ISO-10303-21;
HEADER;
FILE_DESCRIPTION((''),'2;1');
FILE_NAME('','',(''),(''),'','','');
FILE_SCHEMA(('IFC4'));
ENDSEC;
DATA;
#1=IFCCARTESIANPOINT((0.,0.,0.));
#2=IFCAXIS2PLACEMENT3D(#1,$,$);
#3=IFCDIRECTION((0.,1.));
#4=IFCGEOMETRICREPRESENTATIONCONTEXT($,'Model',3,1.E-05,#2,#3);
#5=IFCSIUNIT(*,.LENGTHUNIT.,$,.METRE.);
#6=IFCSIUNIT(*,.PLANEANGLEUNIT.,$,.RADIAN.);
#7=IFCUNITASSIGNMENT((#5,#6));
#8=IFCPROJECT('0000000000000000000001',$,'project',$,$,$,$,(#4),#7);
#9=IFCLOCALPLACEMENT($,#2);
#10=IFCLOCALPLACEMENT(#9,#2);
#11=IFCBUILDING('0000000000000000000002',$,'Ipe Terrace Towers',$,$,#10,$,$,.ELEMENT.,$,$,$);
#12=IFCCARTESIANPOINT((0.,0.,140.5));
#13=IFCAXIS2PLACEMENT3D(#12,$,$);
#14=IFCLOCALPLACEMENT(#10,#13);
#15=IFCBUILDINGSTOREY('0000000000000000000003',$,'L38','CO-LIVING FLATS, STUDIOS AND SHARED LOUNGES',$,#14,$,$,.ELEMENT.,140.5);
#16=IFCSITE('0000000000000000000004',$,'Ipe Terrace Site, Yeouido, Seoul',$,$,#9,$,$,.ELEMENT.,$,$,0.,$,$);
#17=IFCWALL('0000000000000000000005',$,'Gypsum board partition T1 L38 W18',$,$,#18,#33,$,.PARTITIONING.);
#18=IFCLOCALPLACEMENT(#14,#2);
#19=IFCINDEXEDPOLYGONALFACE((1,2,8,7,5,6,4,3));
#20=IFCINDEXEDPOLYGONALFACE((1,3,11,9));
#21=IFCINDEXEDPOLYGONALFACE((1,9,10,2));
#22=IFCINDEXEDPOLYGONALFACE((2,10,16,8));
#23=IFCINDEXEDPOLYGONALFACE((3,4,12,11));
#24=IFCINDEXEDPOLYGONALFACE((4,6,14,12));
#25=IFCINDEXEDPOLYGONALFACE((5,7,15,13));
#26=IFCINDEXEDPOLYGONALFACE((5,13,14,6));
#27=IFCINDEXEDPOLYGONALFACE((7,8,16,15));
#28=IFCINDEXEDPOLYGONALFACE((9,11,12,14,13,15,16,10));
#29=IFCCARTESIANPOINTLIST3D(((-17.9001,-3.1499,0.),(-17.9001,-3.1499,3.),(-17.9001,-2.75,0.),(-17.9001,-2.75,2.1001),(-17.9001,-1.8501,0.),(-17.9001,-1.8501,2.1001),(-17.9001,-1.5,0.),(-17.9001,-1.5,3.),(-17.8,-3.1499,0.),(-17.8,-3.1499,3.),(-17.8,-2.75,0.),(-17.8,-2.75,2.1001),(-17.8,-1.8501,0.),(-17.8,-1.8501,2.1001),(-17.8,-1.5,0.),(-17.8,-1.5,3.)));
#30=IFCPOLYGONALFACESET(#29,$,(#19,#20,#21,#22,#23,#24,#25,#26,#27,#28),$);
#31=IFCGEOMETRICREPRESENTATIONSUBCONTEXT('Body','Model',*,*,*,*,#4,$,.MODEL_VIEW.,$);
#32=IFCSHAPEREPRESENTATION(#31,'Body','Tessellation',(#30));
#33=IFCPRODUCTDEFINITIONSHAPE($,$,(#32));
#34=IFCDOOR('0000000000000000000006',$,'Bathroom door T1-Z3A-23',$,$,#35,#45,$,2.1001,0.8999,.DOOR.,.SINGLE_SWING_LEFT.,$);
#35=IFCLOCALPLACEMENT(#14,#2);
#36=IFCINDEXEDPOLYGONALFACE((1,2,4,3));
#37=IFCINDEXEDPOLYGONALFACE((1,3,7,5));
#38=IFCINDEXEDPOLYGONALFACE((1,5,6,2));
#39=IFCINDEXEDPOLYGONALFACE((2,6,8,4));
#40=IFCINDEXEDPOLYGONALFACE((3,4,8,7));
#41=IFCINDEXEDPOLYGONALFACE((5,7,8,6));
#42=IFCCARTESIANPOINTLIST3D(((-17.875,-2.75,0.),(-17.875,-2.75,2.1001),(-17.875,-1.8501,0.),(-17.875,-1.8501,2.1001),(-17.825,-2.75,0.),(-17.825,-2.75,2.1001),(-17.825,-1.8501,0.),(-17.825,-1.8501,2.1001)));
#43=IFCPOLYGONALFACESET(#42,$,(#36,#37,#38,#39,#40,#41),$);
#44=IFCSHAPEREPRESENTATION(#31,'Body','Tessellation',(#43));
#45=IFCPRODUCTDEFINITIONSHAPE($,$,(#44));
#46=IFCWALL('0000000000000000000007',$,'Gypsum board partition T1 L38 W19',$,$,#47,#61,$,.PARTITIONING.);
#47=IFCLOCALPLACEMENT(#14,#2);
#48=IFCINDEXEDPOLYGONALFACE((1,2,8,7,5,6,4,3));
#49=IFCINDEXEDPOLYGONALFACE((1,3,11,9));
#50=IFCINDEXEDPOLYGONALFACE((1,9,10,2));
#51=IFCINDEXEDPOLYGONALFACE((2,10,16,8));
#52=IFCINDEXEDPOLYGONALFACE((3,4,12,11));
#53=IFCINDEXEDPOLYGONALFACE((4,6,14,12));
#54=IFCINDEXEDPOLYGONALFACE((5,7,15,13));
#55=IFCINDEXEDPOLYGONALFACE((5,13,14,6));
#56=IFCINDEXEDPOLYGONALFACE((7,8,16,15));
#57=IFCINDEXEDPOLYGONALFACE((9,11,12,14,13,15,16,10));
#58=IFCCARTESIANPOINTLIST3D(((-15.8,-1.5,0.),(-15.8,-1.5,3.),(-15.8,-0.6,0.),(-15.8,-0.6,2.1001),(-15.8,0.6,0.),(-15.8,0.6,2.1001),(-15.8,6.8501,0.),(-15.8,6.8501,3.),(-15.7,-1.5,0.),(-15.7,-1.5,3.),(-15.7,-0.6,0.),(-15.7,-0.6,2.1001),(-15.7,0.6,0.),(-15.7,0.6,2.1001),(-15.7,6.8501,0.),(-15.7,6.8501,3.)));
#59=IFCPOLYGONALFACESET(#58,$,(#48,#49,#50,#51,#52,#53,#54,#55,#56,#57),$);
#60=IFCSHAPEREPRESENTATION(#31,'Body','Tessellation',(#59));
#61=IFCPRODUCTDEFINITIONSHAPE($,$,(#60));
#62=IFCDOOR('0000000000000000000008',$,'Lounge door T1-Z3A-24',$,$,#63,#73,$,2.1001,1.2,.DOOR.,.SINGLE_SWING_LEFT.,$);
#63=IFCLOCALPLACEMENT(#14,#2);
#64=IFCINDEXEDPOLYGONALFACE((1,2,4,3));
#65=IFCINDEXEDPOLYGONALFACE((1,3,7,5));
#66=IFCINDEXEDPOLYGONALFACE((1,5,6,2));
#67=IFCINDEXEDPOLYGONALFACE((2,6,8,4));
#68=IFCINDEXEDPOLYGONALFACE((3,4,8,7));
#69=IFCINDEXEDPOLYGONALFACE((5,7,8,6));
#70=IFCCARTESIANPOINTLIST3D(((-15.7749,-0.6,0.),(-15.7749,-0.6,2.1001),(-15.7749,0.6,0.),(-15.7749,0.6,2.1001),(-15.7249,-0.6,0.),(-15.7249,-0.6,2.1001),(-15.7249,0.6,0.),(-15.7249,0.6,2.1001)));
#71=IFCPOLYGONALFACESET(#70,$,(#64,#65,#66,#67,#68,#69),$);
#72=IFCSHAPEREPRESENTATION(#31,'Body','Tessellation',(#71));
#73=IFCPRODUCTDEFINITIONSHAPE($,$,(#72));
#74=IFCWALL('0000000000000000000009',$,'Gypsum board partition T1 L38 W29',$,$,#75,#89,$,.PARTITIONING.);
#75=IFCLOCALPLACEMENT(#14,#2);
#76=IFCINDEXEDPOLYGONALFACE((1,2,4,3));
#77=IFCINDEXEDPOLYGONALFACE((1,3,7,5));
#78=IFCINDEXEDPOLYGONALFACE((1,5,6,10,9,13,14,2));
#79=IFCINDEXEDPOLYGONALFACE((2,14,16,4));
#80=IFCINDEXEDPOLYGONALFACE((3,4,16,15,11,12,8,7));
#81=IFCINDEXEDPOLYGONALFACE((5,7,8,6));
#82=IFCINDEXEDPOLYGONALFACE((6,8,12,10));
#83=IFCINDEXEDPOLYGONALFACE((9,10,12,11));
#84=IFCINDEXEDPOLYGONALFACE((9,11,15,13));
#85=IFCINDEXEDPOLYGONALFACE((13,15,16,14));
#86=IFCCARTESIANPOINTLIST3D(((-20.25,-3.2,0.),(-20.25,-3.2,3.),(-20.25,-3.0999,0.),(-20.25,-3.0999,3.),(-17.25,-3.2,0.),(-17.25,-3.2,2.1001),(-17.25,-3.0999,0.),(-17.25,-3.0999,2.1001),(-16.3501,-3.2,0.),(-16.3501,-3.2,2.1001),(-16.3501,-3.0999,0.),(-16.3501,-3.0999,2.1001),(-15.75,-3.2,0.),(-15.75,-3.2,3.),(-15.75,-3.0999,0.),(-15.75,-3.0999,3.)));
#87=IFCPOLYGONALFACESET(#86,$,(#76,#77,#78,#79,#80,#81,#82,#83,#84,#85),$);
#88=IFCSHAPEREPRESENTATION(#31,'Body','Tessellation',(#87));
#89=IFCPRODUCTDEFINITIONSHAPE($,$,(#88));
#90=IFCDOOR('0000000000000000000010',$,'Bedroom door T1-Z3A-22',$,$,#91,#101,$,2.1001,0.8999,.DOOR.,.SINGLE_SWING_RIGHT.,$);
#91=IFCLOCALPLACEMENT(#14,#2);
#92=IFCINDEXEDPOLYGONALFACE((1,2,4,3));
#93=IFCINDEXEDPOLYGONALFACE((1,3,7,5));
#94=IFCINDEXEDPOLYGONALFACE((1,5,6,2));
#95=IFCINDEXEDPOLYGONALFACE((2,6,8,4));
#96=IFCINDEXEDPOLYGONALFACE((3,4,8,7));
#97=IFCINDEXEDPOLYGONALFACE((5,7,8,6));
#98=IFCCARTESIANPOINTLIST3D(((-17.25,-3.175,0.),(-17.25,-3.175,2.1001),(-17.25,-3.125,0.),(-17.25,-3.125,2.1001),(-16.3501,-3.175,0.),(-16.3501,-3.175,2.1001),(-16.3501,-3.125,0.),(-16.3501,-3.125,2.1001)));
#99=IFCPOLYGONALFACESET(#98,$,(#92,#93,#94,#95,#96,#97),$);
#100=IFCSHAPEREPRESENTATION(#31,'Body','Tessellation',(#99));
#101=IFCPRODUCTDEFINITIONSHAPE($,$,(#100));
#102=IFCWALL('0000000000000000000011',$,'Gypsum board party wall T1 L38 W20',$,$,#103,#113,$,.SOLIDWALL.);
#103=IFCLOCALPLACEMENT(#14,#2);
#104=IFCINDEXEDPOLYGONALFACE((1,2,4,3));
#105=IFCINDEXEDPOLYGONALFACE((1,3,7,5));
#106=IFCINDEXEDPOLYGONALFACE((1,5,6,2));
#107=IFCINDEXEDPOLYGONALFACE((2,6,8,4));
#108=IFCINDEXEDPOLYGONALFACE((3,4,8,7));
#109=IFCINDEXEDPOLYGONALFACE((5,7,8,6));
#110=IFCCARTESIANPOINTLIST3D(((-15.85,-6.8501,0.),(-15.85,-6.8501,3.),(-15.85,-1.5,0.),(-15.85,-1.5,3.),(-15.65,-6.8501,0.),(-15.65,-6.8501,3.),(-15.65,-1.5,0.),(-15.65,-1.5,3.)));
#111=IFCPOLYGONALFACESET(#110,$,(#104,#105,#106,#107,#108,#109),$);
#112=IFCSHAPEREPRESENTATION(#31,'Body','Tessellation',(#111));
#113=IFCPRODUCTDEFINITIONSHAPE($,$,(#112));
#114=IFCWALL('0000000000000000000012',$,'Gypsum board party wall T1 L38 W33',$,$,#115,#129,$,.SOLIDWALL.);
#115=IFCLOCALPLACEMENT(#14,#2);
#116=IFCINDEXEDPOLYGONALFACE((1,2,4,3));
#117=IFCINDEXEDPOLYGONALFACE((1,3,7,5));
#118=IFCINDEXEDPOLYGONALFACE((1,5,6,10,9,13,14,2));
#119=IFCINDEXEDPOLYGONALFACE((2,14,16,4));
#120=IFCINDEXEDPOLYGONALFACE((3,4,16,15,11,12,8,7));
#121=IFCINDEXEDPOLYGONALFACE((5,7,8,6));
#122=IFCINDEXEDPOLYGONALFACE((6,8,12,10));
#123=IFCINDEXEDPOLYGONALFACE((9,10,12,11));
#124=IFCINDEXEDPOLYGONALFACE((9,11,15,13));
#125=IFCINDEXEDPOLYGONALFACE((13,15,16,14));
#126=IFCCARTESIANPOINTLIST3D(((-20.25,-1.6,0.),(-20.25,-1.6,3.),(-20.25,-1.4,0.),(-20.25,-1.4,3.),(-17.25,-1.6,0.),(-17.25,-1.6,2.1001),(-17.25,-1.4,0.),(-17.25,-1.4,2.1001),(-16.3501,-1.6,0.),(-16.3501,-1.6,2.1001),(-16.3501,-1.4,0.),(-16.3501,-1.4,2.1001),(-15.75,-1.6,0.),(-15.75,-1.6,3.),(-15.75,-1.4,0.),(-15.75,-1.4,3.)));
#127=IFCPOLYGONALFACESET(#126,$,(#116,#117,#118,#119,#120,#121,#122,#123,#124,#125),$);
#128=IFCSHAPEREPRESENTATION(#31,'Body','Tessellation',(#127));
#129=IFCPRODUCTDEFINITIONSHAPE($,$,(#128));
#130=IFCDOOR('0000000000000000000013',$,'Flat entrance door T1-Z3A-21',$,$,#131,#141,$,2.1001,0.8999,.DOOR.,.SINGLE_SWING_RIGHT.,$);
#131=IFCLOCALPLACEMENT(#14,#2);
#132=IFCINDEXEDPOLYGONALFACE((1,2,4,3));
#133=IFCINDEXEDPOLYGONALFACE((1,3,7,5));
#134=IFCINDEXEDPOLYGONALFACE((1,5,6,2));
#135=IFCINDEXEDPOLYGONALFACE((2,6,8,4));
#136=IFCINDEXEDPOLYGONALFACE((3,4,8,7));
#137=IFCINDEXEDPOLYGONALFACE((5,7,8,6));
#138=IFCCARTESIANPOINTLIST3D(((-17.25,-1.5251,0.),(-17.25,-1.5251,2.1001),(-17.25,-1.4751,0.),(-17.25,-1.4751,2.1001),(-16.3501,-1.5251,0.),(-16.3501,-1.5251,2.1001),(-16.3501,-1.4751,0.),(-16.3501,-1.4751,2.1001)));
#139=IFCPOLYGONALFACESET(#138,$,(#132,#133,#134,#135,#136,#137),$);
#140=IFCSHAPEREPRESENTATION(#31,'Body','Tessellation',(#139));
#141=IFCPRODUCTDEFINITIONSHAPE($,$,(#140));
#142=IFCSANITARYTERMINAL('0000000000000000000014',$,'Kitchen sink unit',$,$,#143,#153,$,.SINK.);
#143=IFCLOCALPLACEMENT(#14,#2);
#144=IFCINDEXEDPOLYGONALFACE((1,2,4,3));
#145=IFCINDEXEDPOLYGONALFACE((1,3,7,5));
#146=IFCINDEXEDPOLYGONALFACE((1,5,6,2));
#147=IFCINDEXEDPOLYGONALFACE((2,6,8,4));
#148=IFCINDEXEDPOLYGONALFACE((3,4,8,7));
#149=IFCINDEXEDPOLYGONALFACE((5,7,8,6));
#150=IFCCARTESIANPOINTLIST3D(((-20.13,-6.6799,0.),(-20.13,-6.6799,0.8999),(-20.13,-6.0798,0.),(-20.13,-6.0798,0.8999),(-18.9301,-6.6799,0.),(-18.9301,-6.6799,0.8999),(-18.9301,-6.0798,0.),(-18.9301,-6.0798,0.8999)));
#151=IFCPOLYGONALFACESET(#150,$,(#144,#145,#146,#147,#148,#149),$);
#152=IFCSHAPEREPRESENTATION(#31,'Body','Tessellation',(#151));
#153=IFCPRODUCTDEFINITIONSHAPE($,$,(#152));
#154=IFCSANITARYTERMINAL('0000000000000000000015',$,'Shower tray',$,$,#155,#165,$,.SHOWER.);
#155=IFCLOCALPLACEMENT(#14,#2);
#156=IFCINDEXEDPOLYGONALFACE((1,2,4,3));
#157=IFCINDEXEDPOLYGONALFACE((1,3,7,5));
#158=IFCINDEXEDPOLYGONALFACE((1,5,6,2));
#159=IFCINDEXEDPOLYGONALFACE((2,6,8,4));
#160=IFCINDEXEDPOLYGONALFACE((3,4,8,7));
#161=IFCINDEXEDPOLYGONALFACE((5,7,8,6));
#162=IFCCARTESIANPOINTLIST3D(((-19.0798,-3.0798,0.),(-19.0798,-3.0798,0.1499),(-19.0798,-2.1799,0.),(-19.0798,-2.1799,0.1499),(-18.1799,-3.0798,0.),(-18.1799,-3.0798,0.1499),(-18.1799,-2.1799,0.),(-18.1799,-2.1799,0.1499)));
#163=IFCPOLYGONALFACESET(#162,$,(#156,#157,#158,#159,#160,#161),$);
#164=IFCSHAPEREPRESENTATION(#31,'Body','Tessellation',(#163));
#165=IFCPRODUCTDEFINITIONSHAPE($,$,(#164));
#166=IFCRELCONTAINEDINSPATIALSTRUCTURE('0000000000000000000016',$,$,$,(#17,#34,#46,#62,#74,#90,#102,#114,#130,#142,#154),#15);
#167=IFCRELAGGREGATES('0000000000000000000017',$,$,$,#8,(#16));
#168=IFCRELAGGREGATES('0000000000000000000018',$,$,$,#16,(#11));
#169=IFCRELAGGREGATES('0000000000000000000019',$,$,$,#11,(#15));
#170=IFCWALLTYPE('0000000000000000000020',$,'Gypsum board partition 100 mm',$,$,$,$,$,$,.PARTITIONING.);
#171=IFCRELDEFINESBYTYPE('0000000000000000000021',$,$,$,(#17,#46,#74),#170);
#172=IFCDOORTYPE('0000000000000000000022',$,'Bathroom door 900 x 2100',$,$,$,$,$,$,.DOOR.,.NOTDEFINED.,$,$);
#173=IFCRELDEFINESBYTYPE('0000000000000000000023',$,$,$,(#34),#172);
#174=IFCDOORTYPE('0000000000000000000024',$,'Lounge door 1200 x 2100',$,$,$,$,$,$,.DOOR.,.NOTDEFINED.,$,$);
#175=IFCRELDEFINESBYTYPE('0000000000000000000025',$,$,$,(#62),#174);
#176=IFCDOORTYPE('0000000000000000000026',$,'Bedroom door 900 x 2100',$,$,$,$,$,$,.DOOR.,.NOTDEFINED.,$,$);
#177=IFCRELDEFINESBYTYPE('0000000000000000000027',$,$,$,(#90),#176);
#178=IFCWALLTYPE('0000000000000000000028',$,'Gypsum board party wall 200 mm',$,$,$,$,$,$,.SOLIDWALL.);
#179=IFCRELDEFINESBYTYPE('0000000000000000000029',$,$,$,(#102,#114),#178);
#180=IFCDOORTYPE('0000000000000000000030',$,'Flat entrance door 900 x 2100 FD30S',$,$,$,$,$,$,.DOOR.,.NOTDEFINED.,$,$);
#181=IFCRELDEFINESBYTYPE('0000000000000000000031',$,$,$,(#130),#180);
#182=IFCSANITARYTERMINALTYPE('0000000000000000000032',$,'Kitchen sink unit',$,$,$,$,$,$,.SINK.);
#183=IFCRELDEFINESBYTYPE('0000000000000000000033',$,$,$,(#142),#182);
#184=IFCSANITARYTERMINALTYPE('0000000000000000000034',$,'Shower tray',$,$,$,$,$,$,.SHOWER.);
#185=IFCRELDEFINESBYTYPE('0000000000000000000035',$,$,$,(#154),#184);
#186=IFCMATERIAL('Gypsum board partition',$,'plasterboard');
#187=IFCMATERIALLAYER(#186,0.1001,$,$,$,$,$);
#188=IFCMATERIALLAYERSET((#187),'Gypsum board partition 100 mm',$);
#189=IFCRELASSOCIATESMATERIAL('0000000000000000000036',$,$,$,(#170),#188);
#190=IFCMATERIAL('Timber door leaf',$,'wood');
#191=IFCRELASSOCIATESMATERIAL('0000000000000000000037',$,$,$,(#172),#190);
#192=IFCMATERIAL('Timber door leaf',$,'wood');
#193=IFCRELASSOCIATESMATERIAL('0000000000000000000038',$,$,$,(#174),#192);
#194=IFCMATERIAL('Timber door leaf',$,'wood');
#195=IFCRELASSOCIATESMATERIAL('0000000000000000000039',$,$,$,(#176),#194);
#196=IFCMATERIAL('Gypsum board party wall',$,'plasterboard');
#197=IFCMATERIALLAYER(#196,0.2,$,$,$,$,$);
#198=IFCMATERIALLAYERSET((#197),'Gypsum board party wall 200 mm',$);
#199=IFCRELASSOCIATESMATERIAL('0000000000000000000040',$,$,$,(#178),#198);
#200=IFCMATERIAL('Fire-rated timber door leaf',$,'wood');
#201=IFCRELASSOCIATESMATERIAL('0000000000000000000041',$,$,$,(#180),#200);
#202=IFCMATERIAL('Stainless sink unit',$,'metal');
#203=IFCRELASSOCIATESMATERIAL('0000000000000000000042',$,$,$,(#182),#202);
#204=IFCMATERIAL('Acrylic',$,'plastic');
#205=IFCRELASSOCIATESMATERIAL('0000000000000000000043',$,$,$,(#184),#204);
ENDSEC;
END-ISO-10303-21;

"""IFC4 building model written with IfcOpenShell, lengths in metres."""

from ifc_helpers import new_model, si_unit, direction, frame, frame_2d, origin, origin_2d, place, context, subcontext, project, spatial, rectangle, extrude, material, layer, layer_set, type_object, element, fill, save


model = new_model("IFC4")

# Units and contexts
model_context = context("Model", 3, precision=1e-05, world=origin(), true_north=direction((0.0, 1.0)))
body_context = subcontext(model_context, "Body", "Model", "MODEL_VIEW")
ifc_project = project(units=[si_unit("LENGTHUNIT", "METRE"), si_unit("PLANEANGLEUNIT", "RADIAN")], contexts=[model_context])

# Site, building, storey
site_placement = place(None, origin())
site = spatial("IfcSite", under=ifc_project, at=site_placement, Name="Ipe Terrace Site, Yeouido, Seoul", CompositionType="ELEMENT", RefElevation=0.0)
building_placement = place(site_placement, origin())
building = spatial("IfcBuilding", under=site, at=building_placement, Name="Ipe Terrace Towers", CompositionType="ELEMENT")
storey_placement = place(building_placement, frame((0.0, 0.0, 140.5)))
storey = spatial("IfcBuildingStorey", under=building, at=storey_placement, Name="L38", Description="CO-LIVING FLATS, STUDIOS AND SHARED LOUNGES", CompositionType="ELEMENT", Elevation=140.5)

# Walls, openings, doors
ifc_material_1 = material(Name="Gypsum board partition", Category="plasterboard")
ifc_layer_1 = layer(ifc_material_1, 0.1001)
ifc_layer_set_1 = layer_set([ifc_layer_1], Name="Gypsum board partition 100 mm")
wall_type_1 = type_object("IfcWallType", Name="Gypsum board partition 100 mm", PredefinedType="PARTITIONING", material=ifc_layer_set_1)
wall_1_placement = place(storey_placement, frame((-17.8501, -3.1499, 0.0), z_axis=(0.0, 0.0, 1.0), x_axis=(0.0, 1.0, 0.0)))
wall_1 = element("IfcWall", 1, at=wall_1_placement, inside=storey, type_object=wall_type_1, Name="Gypsum board partition T1 L38 W18", PredefinedType="PARTITIONING", context=body_context, shape_type="SweptSolid", body=[
    extrude(rectangle(XDim=1.6499, YDim=0.1001, at=frame_2d((0.825, 0.0))), origin(), (0.0, 0.0, 1.0), 3.0),
])
opening_1_placement = place(wall_1_placement, frame((0.3999, 0.0, 0.0)))
opening_1 = element("IfcOpeningElement", 2, at=opening_1_placement, cuts=wall_1, PredefinedType="OPENING", context=body_context, shape_type="SweptSolid", body=[
    extrude(rectangle(XDim=0.8999, YDim=2.1001, at=frame_2d((0.45, 1.05))), frame((0.0, 0.0601, 0.0), z_axis=(0.0, -1.0, 0.0), x_axis=(1.0, 0.0, 0.0)), (0.0, 0.0, 1.0), 0.1201),
])
ifc_material_2 = material(Name="Timber door leaf", Category="wood")
door_type_1 = type_object("IfcDoorType", Name="Bathroom door 900 x 2100", OperationType="NOTDEFINED", PredefinedType="DOOR", material=ifc_material_2)
door_1_placement = place(opening_1_placement, origin())
door_1 = element("IfcDoor", 3, at=door_1_placement, inside=storey, type_object=door_type_1, Name="Bathroom door T1-Z3A-23", OperationType="SINGLE_SWING_LEFT", OverallHeight=2.1001, OverallWidth=0.8999, PredefinedType="DOOR", context=body_context, shape_type="SweptSolid", body=[
    extrude(rectangle(XDim=0.8999, YDim=2.1001, at=frame_2d((0.45, 1.05))), frame((0.0, 0.0249, 0.0), z_axis=(0.0, -1.0, 0.0), x_axis=(1.0, 0.0, 0.0)), (0.0, 0.0, 1.0), 0.05),
])
fill(opening_1, door_1)
wall_2_placement = place(storey_placement, frame((-15.75, -1.5, 0.0), z_axis=(0.0, 0.0, 1.0), x_axis=(0.0, 1.0, 0.0)))
wall_2 = element("IfcWall", 4, at=wall_2_placement, inside=storey, type_object=wall_type_1, Name="Gypsum board partition T1 L38 W19", PredefinedType="PARTITIONING", context=body_context, shape_type="SweptSolid", body=[
    extrude(rectangle(XDim=8.3501, YDim=0.1001, at=frame_2d((4.175, 0.0))), origin(), (0.0, 0.0, 1.0), 3.0),
])
opening_2_placement = place(wall_2_placement, frame((0.8999, 0.0, 0.0)))
opening_2 = element("IfcOpeningElement", 5, at=opening_2_placement, cuts=wall_2, PredefinedType="OPENING", context=body_context, shape_type="SweptSolid", body=[
    extrude(rectangle(XDim=1.2, YDim=2.1001, at=frame_2d((0.6001, 1.05))), frame((0.0, 0.0601, 0.0), z_axis=(0.0, -1.0, 0.0), x_axis=(1.0, 0.0, 0.0)), (0.0, 0.0, 1.0), 0.1201),
])
ifc_material_3 = material(Name="Timber door leaf", Category="wood")
door_type_2 = type_object("IfcDoorType", Name="Lounge door 1200 x 2100", OperationType="NOTDEFINED", PredefinedType="DOOR", material=ifc_material_3)
door_2_placement = place(opening_2_placement, origin())
door_2 = element("IfcDoor", 6, at=door_2_placement, inside=storey, type_object=door_type_2, Name="Lounge door T1-Z3A-24", OperationType="SINGLE_SWING_LEFT", OverallHeight=2.1001, OverallWidth=1.2, PredefinedType="DOOR", context=body_context, shape_type="SweptSolid", body=[
    extrude(rectangle(XDim=1.2, YDim=2.1001, at=frame_2d((0.6001, 1.05))), frame((0.0, 0.0249, 0.0), z_axis=(0.0, -1.0, 0.0), x_axis=(1.0, 0.0, 0.0)), (0.0, 0.0, 1.0), 0.05),
])
fill(opening_2, door_2)
wall_3_placement = place(storey_placement, frame((-20.25, -3.1499, 0.0), z_axis=(0.0, 0.0, 1.0), x_axis=(1.0, 0.0, 0.0)))
wall_3 = element("IfcWall", 7, at=wall_3_placement, inside=storey, type_object=wall_type_1, Name="Gypsum board partition T1 L38 W29", PredefinedType="PARTITIONING", context=body_context, shape_type="SweptSolid", body=[
    extrude(rectangle(XDim=4.5, YDim=0.1001, at=frame_2d((2.25, 0.0))), origin(), (0.0, 0.0, 1.0), 3.0),
])
opening_3_placement = place(wall_3_placement, frame((3.0, 0.0, 0.0)))
opening_3 = element("IfcOpeningElement", 8, at=opening_3_placement, cuts=wall_3, PredefinedType="OPENING", context=body_context, shape_type="SweptSolid", body=[
    extrude(rectangle(XDim=0.8999, YDim=2.1001, at=frame_2d((0.45, 1.05))), frame((0.0, 0.0601, 0.0), z_axis=(0.0, -1.0, 0.0), x_axis=(1.0, 0.0, 0.0)), (0.0, 0.0, 1.0), 0.1201),
])
ifc_material_4 = material(Name="Timber door leaf", Category="wood")
door_type_3 = type_object("IfcDoorType", Name="Bedroom door 900 x 2100", OperationType="NOTDEFINED", PredefinedType="DOOR", material=ifc_material_4)
door_3_placement = place(opening_3_placement, origin())
door_3 = element("IfcDoor", 9, at=door_3_placement, inside=storey, type_object=door_type_3, Name="Bedroom door T1-Z3A-22", OperationType="SINGLE_SWING_RIGHT", OverallHeight=2.1001, OverallWidth=0.8999, PredefinedType="DOOR", context=body_context, shape_type="SweptSolid", body=[
    extrude(rectangle(XDim=0.8999, YDim=2.1001, at=frame_2d((0.45, 1.05))), frame((0.0, 0.0249, 0.0), z_axis=(0.0, -1.0, 0.0), x_axis=(1.0, 0.0, 0.0)), (0.0, 0.0, 1.0), 0.05),
])
fill(opening_3, door_3)

# Wall
ifc_material_5 = material(Name="Gypsum board party wall", Category="plasterboard")
ifc_layer_2 = layer(ifc_material_5, 0.2)
ifc_layer_set_2 = layer_set([ifc_layer_2], Name="Gypsum board party wall 200 mm")
wall_type_2 = type_object("IfcWallType", Name="Gypsum board party wall 200 mm", PredefinedType="SOLIDWALL", material=ifc_layer_set_2)
wall_4_placement = place(storey_placement, frame((-15.75, -6.8501, 0.0), z_axis=(0.0, 0.0, 1.0), x_axis=(0.0, 1.0, 0.0)))
element("IfcWall", 10, at=wall_4_placement, inside=storey, type_object=wall_type_2, Name="Gypsum board party wall T1 L38 W20", PredefinedType="SOLIDWALL", context=body_context, shape_type="SweptSolid", body=[
    extrude(rectangle(XDim=5.3501, YDim=0.2, at=frame_2d((2.675, 0.0))), origin(), (0.0, 0.0, 1.0), 3.0),
])

# Wall, opening, door
wall_5_placement = place(storey_placement, frame((-20.25, -1.5, 0.0), z_axis=(0.0, 0.0, 1.0), x_axis=(1.0, 0.0, 0.0)))
wall_5 = element("IfcWall", 11, at=wall_5_placement, inside=storey, type_object=wall_type_2, Name="Gypsum board party wall T1 L38 W33", PredefinedType="SOLIDWALL", context=body_context, shape_type="SweptSolid", body=[
    extrude(rectangle(XDim=4.5, YDim=0.2, at=frame_2d((2.25, 0.0))), origin(), (0.0, 0.0, 1.0), 3.0),
])
opening_4_placement = place(wall_5_placement, frame((3.0, 0.0, 0.0)))
opening_4 = element("IfcOpeningElement", 12, at=opening_4_placement, cuts=wall_5, PredefinedType="OPENING", context=body_context, shape_type="SweptSolid", body=[
    extrude(rectangle(XDim=0.8999, YDim=2.1001, at=frame_2d((0.45, 1.05))), frame((0.0, 0.1099, 0.0), z_axis=(0.0, -1.0, 0.0), x_axis=(1.0, 0.0, 0.0)), (0.0, 0.0, 1.0), 0.22),
])
ifc_material_6 = material(Name="Fire-rated timber door leaf", Category="wood")
door_type_4 = type_object("IfcDoorType", Name="Flat entrance door 900 x 2100 FD30S", OperationType="NOTDEFINED", PredefinedType="DOOR", material=ifc_material_6)
door_4_placement = place(opening_4_placement, origin())
door_4 = element("IfcDoor", 13, at=door_4_placement, inside=storey, type_object=door_type_4, Name="Flat entrance door T1-Z3A-21", OperationType="SINGLE_SWING_RIGHT", OverallHeight=2.1001, OverallWidth=0.8999, PredefinedType="DOOR", context=body_context, shape_type="SweptSolid", body=[
    extrude(rectangle(XDim=0.8999, YDim=2.1001, at=frame_2d((0.45, 1.05))), frame((0.0, 0.0249, 0.0), z_axis=(0.0, -1.0, 0.0), x_axis=(1.0, 0.0, 0.0)), (0.0, 0.0, 1.0), 0.05),
])
fill(opening_4, door_4)

# Sanitary terminals
ifc_material_7 = material(Name="Stainless sink unit", Category="metal")
sanitary_terminal_type_1 = type_object("IfcSanitaryTerminalType", Name="Kitchen sink unit", PredefinedType="SINK", material=ifc_material_7)
sanitary_terminal_1_placement = place(storey_placement, frame((-19.53, -6.3799, 0.0), z_axis=(0.0, 0.0, 1.0), x_axis=(-1.0, 0.0, 0.0)))
element("IfcSanitaryTerminal", 14, at=sanitary_terminal_1_placement, inside=storey, type_object=sanitary_terminal_type_1, Name="Kitchen sink unit", PredefinedType="SINK", context=body_context, shape_type="SweptSolid", body=[
    extrude(rectangle(XDim=1.2, YDim=0.6001, at=origin_2d()), origin(), (0.0, 0.0, 1.0), 0.8999),
])
ifc_material_8 = material(Name="Acrylic", Category="plastic")
sanitary_terminal_type_2 = type_object("IfcSanitaryTerminalType", Name="Shower tray", PredefinedType="SHOWER", material=ifc_material_8)
sanitary_terminal_2_placement = place(storey_placement, frame((-18.6299, -2.6299, 0.0), z_axis=(0.0, 0.0, 1.0), x_axis=(0.0, 1.0, 0.0)))
element("IfcSanitaryTerminal", 15, at=sanitary_terminal_2_placement, inside=storey, type_object=sanitary_terminal_type_2, Name="Shower tray", PredefinedType="SHOWER", context=body_context, shape_type="SweptSolid", body=[
    extrude(rectangle(XDim=0.8999, YDim=0.8999, at=origin_2d()), origin(), (0.0, 0.0, 1.0), 0.1499),
])

save(model, "model.ifc")
